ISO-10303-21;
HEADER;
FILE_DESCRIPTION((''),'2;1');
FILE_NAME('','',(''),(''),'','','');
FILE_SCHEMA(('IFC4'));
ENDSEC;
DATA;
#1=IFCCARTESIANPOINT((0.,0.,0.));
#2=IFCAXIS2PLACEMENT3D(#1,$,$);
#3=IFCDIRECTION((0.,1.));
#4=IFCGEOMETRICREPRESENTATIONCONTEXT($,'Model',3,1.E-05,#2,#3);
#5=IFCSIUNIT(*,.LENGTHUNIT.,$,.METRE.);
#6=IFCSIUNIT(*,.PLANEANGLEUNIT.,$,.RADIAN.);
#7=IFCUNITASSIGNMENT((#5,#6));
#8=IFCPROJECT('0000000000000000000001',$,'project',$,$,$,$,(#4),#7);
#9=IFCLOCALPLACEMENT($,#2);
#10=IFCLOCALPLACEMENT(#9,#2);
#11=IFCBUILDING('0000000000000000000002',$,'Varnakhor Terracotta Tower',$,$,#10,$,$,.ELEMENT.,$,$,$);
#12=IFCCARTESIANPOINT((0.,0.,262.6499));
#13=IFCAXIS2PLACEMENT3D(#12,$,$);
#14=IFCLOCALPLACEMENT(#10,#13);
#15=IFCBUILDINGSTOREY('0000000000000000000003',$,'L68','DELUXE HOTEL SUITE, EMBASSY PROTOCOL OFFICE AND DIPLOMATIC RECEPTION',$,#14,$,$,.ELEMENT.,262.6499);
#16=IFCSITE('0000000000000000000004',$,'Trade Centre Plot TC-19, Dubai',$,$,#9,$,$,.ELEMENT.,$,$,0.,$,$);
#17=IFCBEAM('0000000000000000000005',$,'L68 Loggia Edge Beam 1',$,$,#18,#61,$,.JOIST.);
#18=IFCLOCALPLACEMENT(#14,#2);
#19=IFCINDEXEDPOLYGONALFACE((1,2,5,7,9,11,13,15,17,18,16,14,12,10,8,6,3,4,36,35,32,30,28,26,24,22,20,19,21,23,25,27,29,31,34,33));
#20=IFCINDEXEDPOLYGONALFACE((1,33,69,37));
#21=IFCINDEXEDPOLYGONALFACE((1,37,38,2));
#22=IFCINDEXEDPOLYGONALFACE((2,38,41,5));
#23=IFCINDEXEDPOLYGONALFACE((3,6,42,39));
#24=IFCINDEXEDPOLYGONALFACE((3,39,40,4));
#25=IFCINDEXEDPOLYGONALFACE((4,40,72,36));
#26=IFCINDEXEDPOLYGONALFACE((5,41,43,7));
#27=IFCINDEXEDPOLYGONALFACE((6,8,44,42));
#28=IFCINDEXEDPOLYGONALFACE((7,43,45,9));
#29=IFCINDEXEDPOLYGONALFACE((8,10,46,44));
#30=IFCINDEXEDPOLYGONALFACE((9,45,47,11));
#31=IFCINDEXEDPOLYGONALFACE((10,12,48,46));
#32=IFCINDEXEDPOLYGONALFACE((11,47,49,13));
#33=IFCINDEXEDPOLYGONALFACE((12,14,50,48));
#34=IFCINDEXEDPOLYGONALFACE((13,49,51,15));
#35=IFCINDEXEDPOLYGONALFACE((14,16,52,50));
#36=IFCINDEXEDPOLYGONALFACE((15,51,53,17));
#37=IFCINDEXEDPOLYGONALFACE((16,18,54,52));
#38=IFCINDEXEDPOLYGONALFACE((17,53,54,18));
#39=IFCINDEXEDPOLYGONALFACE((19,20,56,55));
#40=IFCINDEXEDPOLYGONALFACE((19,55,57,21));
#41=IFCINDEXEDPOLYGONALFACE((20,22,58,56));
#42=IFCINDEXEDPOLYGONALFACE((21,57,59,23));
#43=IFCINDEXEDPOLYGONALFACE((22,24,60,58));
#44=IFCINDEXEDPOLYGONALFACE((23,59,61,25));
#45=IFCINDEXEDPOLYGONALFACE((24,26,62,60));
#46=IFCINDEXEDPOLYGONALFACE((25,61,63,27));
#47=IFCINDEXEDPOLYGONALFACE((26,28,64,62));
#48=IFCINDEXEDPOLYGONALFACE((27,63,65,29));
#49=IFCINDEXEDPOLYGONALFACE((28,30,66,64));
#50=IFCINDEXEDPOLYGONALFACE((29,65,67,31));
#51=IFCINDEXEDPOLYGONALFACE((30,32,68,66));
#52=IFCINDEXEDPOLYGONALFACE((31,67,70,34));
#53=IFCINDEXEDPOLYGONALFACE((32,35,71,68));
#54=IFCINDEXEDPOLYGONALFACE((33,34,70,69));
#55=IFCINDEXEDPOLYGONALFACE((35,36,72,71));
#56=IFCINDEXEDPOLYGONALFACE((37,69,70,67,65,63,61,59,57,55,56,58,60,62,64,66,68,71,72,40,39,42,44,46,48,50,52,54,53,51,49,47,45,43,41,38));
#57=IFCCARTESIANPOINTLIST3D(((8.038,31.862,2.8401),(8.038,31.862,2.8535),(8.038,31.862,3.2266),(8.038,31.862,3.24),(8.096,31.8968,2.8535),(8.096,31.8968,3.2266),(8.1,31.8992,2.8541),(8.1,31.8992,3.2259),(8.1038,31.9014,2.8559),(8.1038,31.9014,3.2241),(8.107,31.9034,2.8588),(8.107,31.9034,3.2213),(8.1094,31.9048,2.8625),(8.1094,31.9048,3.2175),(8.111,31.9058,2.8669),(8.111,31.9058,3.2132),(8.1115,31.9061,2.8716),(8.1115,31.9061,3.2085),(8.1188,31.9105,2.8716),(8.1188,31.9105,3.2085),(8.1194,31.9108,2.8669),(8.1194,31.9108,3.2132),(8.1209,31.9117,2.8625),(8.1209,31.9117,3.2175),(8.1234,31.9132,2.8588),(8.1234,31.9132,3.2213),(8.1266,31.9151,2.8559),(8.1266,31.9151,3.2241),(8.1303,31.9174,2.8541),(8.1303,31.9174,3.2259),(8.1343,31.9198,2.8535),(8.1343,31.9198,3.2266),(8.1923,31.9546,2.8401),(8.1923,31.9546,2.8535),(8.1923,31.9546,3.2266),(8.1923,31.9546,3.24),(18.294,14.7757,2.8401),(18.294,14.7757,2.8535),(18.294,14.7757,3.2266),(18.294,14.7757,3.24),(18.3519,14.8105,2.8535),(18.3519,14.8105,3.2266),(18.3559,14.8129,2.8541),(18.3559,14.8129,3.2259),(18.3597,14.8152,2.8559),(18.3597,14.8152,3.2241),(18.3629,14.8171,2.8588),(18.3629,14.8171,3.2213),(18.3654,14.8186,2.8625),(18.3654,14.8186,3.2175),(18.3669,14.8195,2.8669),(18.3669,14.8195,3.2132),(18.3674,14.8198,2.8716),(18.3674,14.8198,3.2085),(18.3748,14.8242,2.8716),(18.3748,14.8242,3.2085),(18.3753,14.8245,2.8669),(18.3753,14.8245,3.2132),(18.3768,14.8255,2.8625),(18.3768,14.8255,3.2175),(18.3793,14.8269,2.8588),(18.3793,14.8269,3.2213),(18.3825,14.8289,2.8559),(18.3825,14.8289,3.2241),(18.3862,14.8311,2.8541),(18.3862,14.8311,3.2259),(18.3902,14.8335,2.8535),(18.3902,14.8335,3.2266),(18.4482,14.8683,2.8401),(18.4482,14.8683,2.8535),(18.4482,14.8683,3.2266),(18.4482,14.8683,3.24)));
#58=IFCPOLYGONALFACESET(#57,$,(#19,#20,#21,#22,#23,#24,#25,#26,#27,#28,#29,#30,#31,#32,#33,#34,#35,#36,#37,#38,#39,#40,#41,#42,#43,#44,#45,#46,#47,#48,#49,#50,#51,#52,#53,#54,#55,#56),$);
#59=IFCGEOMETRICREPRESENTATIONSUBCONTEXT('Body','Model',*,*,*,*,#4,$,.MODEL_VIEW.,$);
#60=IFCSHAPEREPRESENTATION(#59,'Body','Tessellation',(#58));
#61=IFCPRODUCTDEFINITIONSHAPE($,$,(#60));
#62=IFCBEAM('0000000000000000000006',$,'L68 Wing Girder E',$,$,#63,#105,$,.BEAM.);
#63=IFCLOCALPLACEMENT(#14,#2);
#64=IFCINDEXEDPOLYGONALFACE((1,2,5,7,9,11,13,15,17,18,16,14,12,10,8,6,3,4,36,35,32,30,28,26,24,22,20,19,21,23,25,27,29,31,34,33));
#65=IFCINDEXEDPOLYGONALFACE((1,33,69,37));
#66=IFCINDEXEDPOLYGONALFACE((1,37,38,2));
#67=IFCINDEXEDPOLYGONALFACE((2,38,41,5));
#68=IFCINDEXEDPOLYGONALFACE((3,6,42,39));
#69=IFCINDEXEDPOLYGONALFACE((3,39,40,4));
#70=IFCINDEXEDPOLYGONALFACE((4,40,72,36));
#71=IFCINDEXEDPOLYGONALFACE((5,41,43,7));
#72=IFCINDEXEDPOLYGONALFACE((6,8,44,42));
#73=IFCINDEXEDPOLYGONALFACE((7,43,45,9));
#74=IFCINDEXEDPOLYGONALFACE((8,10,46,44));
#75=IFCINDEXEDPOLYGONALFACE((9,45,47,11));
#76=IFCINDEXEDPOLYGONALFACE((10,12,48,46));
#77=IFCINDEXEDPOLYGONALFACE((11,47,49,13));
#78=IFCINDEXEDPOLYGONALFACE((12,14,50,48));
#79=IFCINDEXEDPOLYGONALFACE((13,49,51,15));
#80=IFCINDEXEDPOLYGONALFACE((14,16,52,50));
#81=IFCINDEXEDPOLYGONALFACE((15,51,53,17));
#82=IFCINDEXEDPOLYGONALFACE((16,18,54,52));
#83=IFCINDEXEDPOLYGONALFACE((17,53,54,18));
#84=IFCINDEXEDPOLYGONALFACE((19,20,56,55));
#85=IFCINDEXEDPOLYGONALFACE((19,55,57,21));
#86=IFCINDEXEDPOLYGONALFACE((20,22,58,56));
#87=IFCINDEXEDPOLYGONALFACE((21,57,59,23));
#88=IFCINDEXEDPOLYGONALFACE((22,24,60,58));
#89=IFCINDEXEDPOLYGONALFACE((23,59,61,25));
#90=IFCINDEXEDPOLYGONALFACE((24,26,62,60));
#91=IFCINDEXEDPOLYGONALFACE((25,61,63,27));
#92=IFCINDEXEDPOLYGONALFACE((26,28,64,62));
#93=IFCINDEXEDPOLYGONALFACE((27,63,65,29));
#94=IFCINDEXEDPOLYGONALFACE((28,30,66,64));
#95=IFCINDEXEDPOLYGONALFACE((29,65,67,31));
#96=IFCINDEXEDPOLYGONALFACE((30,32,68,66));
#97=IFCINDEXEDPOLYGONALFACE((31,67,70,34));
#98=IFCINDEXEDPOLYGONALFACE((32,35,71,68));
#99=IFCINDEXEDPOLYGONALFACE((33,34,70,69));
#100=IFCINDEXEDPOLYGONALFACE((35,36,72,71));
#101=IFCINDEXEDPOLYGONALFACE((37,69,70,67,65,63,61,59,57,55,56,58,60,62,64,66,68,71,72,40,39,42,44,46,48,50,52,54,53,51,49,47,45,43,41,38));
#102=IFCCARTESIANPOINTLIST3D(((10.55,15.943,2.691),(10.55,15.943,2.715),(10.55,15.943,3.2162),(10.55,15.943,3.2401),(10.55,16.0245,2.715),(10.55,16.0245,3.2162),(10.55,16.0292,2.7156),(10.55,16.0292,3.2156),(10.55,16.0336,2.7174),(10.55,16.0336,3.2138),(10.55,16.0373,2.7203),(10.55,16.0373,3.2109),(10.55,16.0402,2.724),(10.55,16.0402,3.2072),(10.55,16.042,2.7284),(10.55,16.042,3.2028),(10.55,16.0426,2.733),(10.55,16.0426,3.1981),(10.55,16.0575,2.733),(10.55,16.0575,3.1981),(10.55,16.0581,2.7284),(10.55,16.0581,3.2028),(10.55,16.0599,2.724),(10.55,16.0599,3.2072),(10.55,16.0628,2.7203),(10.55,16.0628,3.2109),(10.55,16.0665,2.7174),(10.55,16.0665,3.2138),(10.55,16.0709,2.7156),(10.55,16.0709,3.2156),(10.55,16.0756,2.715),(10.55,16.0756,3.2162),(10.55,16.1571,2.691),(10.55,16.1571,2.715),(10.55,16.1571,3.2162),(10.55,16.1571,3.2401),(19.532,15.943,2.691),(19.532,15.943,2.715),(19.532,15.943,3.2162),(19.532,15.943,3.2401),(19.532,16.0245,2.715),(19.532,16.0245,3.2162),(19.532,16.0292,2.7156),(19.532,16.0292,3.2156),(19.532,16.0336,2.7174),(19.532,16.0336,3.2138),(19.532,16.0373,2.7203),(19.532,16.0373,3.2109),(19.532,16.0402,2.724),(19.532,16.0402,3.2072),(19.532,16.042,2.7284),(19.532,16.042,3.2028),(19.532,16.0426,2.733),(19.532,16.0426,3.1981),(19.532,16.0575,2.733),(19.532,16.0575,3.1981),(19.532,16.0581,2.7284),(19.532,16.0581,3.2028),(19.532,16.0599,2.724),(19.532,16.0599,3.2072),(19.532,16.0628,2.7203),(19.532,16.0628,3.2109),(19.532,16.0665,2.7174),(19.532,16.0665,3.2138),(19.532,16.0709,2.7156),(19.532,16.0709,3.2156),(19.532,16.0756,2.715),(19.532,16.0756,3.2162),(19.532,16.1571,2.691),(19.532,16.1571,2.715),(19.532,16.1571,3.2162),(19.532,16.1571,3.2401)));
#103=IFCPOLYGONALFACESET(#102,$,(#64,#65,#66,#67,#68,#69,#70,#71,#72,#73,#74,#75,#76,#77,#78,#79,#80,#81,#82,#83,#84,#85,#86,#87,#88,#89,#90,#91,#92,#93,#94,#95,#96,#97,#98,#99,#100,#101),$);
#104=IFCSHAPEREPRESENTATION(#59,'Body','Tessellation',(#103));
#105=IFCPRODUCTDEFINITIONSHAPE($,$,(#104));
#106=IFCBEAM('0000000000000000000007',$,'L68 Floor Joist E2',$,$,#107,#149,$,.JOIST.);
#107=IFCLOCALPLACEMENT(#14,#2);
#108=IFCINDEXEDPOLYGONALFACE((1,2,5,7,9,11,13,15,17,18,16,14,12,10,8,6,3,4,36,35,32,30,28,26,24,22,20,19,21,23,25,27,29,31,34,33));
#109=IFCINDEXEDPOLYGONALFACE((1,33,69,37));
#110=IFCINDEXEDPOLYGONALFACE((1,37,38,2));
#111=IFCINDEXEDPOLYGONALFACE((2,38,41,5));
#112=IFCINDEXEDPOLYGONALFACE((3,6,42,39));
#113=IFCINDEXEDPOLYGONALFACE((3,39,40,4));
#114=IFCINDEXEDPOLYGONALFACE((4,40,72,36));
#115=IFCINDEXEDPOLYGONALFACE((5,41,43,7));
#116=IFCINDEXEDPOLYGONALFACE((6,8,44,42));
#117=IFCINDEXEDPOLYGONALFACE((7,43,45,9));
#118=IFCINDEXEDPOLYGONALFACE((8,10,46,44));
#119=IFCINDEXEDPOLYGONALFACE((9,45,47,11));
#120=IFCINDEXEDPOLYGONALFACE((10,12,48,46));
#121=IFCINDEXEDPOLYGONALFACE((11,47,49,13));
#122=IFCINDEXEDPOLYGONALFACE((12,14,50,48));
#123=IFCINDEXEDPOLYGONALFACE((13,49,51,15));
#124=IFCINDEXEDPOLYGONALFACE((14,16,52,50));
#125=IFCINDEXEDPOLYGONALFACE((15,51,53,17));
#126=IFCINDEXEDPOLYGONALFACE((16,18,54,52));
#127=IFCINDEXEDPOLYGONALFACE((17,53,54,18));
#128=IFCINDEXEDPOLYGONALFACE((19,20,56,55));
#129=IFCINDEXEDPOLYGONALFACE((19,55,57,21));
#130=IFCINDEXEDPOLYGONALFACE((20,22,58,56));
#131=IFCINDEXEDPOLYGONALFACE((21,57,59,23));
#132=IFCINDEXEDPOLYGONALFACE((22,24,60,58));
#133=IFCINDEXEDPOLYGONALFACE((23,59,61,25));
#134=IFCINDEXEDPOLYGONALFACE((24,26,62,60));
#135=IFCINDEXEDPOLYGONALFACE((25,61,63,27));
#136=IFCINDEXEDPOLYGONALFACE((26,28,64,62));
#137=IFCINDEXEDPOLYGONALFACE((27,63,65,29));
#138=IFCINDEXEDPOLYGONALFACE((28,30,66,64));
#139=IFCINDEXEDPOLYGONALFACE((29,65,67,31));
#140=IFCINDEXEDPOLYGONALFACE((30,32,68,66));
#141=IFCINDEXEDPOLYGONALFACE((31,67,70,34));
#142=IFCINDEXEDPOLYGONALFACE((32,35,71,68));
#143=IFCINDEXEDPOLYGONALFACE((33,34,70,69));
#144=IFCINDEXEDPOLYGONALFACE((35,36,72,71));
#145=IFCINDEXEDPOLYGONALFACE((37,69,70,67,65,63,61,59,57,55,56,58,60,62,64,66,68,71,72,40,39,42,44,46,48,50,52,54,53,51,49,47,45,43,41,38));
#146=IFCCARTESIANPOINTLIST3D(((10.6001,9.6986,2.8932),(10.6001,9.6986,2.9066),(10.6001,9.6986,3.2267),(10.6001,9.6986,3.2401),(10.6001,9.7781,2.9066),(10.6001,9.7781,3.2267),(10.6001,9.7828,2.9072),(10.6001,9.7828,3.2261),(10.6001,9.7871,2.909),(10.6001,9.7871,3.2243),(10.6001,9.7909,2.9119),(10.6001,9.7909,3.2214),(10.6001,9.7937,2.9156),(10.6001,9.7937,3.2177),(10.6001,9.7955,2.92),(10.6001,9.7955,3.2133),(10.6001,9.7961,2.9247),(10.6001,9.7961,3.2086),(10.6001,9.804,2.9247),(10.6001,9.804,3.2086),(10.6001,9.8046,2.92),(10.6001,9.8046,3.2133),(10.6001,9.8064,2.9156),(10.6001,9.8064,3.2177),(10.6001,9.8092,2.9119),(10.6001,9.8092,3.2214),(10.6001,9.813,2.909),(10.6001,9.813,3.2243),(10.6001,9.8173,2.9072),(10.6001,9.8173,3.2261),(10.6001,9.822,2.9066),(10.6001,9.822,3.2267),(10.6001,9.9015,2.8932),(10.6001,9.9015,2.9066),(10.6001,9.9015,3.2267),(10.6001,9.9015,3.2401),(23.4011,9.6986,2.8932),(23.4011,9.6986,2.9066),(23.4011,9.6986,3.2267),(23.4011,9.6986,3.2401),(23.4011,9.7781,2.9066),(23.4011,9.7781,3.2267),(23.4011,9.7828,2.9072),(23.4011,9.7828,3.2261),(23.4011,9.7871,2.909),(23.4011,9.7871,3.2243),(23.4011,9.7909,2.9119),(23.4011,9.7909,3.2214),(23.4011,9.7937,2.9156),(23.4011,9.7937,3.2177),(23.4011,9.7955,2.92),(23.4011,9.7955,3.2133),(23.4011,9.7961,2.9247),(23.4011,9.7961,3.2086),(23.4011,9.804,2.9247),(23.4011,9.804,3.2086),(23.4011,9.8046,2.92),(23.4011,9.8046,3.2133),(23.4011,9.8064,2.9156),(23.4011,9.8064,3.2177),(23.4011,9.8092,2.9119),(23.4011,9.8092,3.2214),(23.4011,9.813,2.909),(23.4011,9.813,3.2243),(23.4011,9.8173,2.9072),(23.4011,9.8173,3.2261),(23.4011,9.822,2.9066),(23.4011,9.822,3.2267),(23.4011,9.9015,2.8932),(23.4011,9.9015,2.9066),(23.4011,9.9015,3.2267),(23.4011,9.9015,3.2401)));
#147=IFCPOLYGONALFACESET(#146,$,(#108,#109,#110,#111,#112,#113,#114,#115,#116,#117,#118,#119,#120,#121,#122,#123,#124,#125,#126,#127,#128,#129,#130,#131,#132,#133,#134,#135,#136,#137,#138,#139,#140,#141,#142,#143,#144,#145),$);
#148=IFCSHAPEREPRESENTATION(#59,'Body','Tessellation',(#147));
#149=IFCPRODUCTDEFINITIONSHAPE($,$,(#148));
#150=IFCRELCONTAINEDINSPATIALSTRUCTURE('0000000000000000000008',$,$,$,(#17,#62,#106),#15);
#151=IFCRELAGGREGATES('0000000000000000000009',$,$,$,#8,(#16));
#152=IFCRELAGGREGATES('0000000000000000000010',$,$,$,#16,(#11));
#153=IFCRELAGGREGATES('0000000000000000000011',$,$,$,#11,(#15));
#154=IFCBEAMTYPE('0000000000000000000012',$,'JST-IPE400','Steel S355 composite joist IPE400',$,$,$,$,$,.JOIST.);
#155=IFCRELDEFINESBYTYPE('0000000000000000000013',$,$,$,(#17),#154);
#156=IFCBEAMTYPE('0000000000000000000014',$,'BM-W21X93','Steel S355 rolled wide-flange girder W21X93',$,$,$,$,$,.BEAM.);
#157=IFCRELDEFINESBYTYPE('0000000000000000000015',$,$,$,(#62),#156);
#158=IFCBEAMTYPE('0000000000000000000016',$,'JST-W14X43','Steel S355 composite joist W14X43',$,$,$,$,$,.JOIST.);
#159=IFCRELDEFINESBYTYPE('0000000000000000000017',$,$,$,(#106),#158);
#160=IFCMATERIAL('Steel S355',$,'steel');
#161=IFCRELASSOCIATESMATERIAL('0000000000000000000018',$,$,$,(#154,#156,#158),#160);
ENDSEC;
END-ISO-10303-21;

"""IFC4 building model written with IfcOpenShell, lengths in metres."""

from ifc_helpers import new_model, si_unit, direction, frame, origin, origin_2d, place, context, subcontext, project, spatial, i_section, extrude, source, transform, mapped, material, material_profile, profile_set, type_object, element, save


model = new_model("IFC4")

# Units and contexts
model_context = context("Model", 3, precision=1e-05, world=origin(), true_north=direction((0.0, 1.0)))
body_context = subcontext(model_context, "Body", "Model", "MODEL_VIEW")
ifc_project = project(units=[si_unit("LENGTHUNIT", "METRE"), si_unit("PLANEANGLEUNIT", "RADIAN")], contexts=[model_context])

# Site, building, storey
site_placement = place(None, origin())
site = spatial("IfcSite", under=ifc_project, at=site_placement, Name="Trade Centre Plot TC-19, Dubai", CompositionType="ELEMENT", RefElevation=0.0)
building_placement = place(site_placement, origin())
building = spatial("IfcBuilding", under=site, at=building_placement, Name="Varnakhor Terracotta Tower", CompositionType="ELEMENT")
storey_placement = place(building_placement, frame((0.0, 0.0, 262.6499)))
storey = spatial("IfcBuildingStorey", under=building, at=storey_placement, Name="L68", Description="DELUXE HOTEL SUITE, EMBASSY PROTOCOL OFFICE AND DIPLOMATIC RECEPTION", CompositionType="ELEMENT", Elevation=262.6499)

# Beams
ifc_material_1 = material(Name="Steel S355", Category="steel")
ifc_material_profile_1 = material_profile(ifc_material_1, i_section(OverallWidth=0.1799, OverallDepth=0.3999, WebThickness=0.0085, FlangeThickness=0.0134, FilletRadius=0.0181, at=origin_2d()), Name="IPE400")
ifc_profile_set_1 = profile_set([ifc_material_profile_1], Name="Steel S355")
beam_type_1 = type_object("IfcBeamType", Name="JST-IPE400", Description="Steel S355 composite joist IPE400", PredefinedType="JOIST", material=ifc_profile_set_1)
shared_shape_1 = source(origin(), body_context, "Body", "SweptSolid", [
    extrude(i_section(OverallWidth=0.1799, OverallDepth=0.3999, WebThickness=0.0085, FlangeThickness=0.0134, FilletRadius=0.0181, at=origin_2d()), origin(), (0.0, 0.0, 1.0), 19.928),
])
beam_1_placement = place(storey_placement, frame((18.3711, 14.822, 3.04), z_axis=(-0.514649, 0.857401, 0.0), x_axis=(-0.857401, -0.514649, 0.0)))
element("IfcBeam", 1, at=beam_1_placement, inside=storey, type_object=beam_type_1, Name="L68 Loggia Edge Beam 1", PredefinedType="JOIST", context=body_context, shape_type="MappedRepresentation", body=[
    mapped(shared_shape_1, transform((0.0, 0.0, 0.0), scale=1.0)),
])
ifc_material_profile_2 = material_profile(ifc_material_1, i_section(OverallWidth=0.2141, OverallDepth=0.5491, WebThickness=0.0149, FlangeThickness=0.0239, FilletRadius=0.0181, at=origin_2d()), Name="W21X93")
ifc_profile_set_2 = profile_set([ifc_material_profile_2], Name="Steel S355")
beam_type_2 = type_object("IfcBeamType", Name="BM-W21X93", Description="Steel S355 rolled wide-flange girder W21X93", PredefinedType="BEAM", material=ifc_profile_set_2)
shared_shape_2 = source(origin(), body_context, "Body", "SweptSolid", [
    extrude(i_section(OverallWidth=0.2141, OverallDepth=0.5491, WebThickness=0.0149, FlangeThickness=0.0239, FilletRadius=0.0181, at=origin_2d()), origin(), (0.0, 0.0, 1.0), 8.9819),
])
beam_2_placement = place(storey_placement, frame((10.55, 16.05, 2.9656), z_axis=(1.0, 0.0, 0.0), x_axis=(0.0, 1.0, 0.0)))
element("IfcBeam", 2, at=beam_2_placement, inside=storey, type_object=beam_type_2, Name="L68 Wing Girder E", PredefinedType="BEAM", context=body_context, shape_type="MappedRepresentation", body=[
    mapped(shared_shape_2, transform((0.0, 0.0, 0.0), scale=1.0)),
])
ifc_material_profile_3 = material_profile(ifc_material_1, i_section(OverallWidth=0.2029, OverallDepth=0.3469, WebThickness=0.0078, FlangeThickness=0.0134, FilletRadius=0.0181, at=origin_2d()), Name="W14X43")
ifc_profile_set_3 = profile_set([ifc_material_profile_3], Name="Steel S355")
beam_type_3 = type_object("IfcBeamType", Name="JST-W14X43", Description="Steel S355 composite joist W14X43", PredefinedType="JOIST", material=ifc_profile_set_3)
shared_shape_3 = source(origin(), body_context, "Body", "SweptSolid", [
    extrude(i_section(OverallWidth=0.2029, OverallDepth=0.3469, WebThickness=0.0078, FlangeThickness=0.0134, FilletRadius=0.0181, at=origin_2d()), origin(), (0.0, 0.0, 1.0), 12.801),
])
beam_3_placement = place(storey_placement, frame((10.6001, 9.8, 3.0667), z_axis=(1.0, 0.0, 0.0), x_axis=(0.0, 1.0, 0.0)))
element("IfcBeam", 3, at=beam_3_placement, inside=storey, type_object=beam_type_3, Name="L68 Floor Joist E2", PredefinedType="JOIST", context=body_context, shape_type="MappedRepresentation", body=[
    mapped(shared_shape_3, transform((0.0, 0.0, 0.0), scale=1.0)),
])

save(model, "model.ifc")
